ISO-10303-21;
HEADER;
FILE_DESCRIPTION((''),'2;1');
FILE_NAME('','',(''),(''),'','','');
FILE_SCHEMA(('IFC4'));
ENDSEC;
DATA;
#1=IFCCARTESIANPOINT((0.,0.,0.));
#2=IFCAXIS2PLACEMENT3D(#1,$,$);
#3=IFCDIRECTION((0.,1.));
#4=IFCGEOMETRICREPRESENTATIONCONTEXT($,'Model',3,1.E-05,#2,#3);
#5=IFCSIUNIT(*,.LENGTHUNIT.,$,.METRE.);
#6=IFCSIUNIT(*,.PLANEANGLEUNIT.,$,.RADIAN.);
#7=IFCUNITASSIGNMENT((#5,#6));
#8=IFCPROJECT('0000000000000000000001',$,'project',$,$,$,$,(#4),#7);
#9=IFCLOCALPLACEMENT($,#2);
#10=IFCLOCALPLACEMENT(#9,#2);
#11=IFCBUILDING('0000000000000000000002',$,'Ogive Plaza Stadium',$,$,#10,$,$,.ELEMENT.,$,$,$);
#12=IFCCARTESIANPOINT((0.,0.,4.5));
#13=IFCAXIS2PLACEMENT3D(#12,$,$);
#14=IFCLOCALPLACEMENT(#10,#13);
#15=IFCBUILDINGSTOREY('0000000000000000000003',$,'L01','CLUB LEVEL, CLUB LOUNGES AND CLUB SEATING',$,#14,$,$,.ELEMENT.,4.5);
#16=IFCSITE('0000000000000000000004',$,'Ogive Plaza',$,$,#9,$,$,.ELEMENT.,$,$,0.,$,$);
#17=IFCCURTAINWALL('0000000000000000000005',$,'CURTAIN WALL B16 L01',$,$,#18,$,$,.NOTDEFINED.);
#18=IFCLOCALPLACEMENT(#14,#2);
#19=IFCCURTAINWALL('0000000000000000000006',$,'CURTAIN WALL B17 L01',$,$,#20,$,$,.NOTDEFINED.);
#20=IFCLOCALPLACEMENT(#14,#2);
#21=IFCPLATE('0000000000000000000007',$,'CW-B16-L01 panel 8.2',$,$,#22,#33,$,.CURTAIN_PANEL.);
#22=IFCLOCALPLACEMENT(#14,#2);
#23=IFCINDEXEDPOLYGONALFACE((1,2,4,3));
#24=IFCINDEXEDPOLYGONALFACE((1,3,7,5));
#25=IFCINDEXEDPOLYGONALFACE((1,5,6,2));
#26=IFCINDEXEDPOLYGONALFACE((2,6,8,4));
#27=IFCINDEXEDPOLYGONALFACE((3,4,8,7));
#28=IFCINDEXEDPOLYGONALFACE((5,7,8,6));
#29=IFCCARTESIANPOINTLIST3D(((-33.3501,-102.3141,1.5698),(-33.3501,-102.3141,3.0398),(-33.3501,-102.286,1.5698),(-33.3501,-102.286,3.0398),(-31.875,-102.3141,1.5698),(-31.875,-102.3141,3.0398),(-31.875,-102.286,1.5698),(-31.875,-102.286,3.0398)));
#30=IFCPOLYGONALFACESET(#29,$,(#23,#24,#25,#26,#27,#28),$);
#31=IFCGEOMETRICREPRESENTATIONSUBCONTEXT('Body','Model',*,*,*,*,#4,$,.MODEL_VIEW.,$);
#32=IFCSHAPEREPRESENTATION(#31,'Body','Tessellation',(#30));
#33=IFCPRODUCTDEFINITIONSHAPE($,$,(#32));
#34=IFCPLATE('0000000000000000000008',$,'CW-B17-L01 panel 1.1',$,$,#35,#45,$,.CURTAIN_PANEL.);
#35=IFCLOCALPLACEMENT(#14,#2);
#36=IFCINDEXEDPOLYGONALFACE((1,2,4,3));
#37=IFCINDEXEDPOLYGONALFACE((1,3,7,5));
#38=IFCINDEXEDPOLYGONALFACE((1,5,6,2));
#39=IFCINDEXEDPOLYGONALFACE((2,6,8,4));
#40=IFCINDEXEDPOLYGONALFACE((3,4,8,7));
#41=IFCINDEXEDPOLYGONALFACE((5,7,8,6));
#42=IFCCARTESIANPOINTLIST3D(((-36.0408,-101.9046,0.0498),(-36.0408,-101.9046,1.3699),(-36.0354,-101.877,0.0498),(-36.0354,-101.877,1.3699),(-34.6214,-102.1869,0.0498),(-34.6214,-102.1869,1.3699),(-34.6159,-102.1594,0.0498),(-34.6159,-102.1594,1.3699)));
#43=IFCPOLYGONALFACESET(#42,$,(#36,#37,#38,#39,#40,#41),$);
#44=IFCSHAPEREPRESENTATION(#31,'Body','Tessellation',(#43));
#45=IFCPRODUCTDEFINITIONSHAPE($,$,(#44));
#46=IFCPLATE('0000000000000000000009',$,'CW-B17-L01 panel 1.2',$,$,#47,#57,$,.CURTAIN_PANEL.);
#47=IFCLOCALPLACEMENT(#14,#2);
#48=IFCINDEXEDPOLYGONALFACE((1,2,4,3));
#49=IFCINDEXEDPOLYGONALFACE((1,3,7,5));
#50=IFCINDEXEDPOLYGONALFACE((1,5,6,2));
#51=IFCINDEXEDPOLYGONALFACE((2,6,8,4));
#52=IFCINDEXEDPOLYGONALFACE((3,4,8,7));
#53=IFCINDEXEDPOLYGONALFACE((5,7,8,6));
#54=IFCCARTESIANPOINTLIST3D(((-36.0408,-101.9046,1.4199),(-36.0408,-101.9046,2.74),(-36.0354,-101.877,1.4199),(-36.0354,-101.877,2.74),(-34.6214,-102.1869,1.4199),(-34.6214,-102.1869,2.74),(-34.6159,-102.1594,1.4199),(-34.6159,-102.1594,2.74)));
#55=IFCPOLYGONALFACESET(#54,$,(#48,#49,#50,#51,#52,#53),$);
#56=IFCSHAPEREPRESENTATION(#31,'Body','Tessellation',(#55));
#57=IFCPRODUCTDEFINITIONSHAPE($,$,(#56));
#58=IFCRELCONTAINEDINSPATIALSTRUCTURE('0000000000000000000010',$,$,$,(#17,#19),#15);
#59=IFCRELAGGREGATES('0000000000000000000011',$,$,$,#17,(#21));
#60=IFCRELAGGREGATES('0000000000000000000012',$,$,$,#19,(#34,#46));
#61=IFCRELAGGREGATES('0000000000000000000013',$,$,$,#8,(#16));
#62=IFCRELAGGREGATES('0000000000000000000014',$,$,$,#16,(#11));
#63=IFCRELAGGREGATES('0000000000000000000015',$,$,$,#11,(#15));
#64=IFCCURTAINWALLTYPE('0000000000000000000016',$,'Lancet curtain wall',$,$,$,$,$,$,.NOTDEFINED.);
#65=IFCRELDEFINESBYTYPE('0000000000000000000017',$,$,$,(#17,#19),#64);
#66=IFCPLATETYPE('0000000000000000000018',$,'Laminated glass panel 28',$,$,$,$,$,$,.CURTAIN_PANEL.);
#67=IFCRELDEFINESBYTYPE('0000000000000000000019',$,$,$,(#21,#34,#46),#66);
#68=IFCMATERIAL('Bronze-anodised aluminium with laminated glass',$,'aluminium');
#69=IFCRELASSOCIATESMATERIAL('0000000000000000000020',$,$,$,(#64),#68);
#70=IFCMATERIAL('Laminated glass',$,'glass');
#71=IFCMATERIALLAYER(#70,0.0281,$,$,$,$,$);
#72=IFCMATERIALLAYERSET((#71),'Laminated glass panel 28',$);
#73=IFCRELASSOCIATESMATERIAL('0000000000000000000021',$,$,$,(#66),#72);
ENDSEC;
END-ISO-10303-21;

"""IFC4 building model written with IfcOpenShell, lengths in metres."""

from ifc_helpers import new_model, si_unit, direction, frame, origin, origin_2d, place, context, subcontext, project, spatial, rectangle, extrude, material, layer, layer_set, type_object, element, aggregate, save


model = new_model("IFC4")

# Units and contexts
model_context = context("Model", 3, precision=1e-05, world=origin(), true_north=direction((0.0, 1.0)))
body_context = subcontext(model_context, "Body", "Model", "MODEL_VIEW")
ifc_project = project(units=[si_unit("LENGTHUNIT", "METRE"), si_unit("PLANEANGLEUNIT", "RADIAN")], contexts=[model_context])

# Site, building, storey
site_placement = place(None, origin())
site = spatial("IfcSite", under=ifc_project, at=site_placement, Name="Ogive Plaza", CompositionType="ELEMENT", RefElevation=0.0)
building_placement = place(site_placement, origin())
building = spatial("IfcBuilding", under=site, at=building_placement, Name="Ogive Plaza Stadium", CompositionType="ELEMENT")
storey_placement = place(building_placement, frame((0.0, 0.0, 4.5)))
storey = spatial("IfcBuildingStorey", under=building, at=storey_placement, Name="L01", Description="CLUB LEVEL, CLUB LOUNGES AND CLUB SEATING", CompositionType="ELEMENT", Elevation=4.5)

# Curtain walls
ifc_material_1 = material(Name="Bronze-anodised aluminium with laminated glass", Category="aluminium")
curtain_wall_type = type_object("IfcCurtainWallType", Name="Lancet curtain wall", PredefinedType="NOTDEFINED", material=ifc_material_1)
curtain_wall_1_placement = place(storey_placement, origin())
curtain_wall_1 = element("IfcCurtainWall", 1, at=curtain_wall_1_placement, inside=storey, type_object=curtain_wall_type, Name="CURTAIN WALL B16 L01", PredefinedType="NOTDEFINED")
curtain_wall_2_placement = place(storey_placement, origin())
curtain_wall_2 = element("IfcCurtainWall", 2, at=curtain_wall_2_placement, inside=storey, type_object=curtain_wall_type, Name="CURTAIN WALL B17 L01", PredefinedType="NOTDEFINED")

# Plates
ifc_material_2 = material(Name="Laminated glass", Category="glass")
ifc_layer = layer(ifc_material_2, 0.0281)
ifc_layer_set = layer_set([ifc_layer], Name="Laminated glass panel 28")
plate_type = type_object("IfcPlateType", Name="Laminated glass panel 28", PredefinedType="CURTAIN_PANEL", material=ifc_layer_set)
plate_1_placement = place(storey_placement, frame((-32.6125, -102.3, 1.5698), z_axis=(0.0, 0.0, 1.0), x_axis=(-1.0, 0.0, 0.0)))
plate_1 = element("IfcPlate", 3, at=plate_1_placement, type_object=plate_type, Name="CW-B16-L01 panel 8.2", PredefinedType="CURTAIN_PANEL", context=body_context, shape_type="SweptSolid", body=[
    extrude(rectangle(XDim=1.4751, YDim=0.0281, at=origin_2d()), origin(), (0.0, 0.0, 1.0), 1.47),
])
aggregate(curtain_wall_1, [plate_1])
plate_2_placement = place(storey_placement, frame((-35.3284, -102.032, 0.0498), z_axis=(0.0, 0.0, 1.0), x_axis=(-0.980785, 0.19509, 0.0)))
plate_2 = element("IfcPlate", 4, at=plate_2_placement, type_object=plate_type, Name="CW-B17-L01 panel 1.1", PredefinedType="CURTAIN_PANEL", context=body_context, shape_type="SweptSolid", body=[
    extrude(rectangle(XDim=1.4473, YDim=0.0281, at=origin_2d()), origin(), (0.0, 0.0, 1.0), 1.3201),
])
plate_3_placement = place(storey_placement, frame((-35.3284, -102.032, 1.4199), z_axis=(0.0, 0.0, 1.0), x_axis=(-0.980785, 0.19509, 0.0)))
plate_3 = element("IfcPlate", 5, at=plate_3_placement, type_object=plate_type, Name="CW-B17-L01 panel 1.2", PredefinedType="CURTAIN_PANEL", context=body_context, shape_type="SweptSolid", body=[
    extrude(rectangle(XDim=1.4473, YDim=0.0281, at=origin_2d()), origin(), (0.0, 0.0, 1.0), 1.3201),
])
aggregate(curtain_wall_2, [plate_2, plate_3])

save(model, "model.ifc")
